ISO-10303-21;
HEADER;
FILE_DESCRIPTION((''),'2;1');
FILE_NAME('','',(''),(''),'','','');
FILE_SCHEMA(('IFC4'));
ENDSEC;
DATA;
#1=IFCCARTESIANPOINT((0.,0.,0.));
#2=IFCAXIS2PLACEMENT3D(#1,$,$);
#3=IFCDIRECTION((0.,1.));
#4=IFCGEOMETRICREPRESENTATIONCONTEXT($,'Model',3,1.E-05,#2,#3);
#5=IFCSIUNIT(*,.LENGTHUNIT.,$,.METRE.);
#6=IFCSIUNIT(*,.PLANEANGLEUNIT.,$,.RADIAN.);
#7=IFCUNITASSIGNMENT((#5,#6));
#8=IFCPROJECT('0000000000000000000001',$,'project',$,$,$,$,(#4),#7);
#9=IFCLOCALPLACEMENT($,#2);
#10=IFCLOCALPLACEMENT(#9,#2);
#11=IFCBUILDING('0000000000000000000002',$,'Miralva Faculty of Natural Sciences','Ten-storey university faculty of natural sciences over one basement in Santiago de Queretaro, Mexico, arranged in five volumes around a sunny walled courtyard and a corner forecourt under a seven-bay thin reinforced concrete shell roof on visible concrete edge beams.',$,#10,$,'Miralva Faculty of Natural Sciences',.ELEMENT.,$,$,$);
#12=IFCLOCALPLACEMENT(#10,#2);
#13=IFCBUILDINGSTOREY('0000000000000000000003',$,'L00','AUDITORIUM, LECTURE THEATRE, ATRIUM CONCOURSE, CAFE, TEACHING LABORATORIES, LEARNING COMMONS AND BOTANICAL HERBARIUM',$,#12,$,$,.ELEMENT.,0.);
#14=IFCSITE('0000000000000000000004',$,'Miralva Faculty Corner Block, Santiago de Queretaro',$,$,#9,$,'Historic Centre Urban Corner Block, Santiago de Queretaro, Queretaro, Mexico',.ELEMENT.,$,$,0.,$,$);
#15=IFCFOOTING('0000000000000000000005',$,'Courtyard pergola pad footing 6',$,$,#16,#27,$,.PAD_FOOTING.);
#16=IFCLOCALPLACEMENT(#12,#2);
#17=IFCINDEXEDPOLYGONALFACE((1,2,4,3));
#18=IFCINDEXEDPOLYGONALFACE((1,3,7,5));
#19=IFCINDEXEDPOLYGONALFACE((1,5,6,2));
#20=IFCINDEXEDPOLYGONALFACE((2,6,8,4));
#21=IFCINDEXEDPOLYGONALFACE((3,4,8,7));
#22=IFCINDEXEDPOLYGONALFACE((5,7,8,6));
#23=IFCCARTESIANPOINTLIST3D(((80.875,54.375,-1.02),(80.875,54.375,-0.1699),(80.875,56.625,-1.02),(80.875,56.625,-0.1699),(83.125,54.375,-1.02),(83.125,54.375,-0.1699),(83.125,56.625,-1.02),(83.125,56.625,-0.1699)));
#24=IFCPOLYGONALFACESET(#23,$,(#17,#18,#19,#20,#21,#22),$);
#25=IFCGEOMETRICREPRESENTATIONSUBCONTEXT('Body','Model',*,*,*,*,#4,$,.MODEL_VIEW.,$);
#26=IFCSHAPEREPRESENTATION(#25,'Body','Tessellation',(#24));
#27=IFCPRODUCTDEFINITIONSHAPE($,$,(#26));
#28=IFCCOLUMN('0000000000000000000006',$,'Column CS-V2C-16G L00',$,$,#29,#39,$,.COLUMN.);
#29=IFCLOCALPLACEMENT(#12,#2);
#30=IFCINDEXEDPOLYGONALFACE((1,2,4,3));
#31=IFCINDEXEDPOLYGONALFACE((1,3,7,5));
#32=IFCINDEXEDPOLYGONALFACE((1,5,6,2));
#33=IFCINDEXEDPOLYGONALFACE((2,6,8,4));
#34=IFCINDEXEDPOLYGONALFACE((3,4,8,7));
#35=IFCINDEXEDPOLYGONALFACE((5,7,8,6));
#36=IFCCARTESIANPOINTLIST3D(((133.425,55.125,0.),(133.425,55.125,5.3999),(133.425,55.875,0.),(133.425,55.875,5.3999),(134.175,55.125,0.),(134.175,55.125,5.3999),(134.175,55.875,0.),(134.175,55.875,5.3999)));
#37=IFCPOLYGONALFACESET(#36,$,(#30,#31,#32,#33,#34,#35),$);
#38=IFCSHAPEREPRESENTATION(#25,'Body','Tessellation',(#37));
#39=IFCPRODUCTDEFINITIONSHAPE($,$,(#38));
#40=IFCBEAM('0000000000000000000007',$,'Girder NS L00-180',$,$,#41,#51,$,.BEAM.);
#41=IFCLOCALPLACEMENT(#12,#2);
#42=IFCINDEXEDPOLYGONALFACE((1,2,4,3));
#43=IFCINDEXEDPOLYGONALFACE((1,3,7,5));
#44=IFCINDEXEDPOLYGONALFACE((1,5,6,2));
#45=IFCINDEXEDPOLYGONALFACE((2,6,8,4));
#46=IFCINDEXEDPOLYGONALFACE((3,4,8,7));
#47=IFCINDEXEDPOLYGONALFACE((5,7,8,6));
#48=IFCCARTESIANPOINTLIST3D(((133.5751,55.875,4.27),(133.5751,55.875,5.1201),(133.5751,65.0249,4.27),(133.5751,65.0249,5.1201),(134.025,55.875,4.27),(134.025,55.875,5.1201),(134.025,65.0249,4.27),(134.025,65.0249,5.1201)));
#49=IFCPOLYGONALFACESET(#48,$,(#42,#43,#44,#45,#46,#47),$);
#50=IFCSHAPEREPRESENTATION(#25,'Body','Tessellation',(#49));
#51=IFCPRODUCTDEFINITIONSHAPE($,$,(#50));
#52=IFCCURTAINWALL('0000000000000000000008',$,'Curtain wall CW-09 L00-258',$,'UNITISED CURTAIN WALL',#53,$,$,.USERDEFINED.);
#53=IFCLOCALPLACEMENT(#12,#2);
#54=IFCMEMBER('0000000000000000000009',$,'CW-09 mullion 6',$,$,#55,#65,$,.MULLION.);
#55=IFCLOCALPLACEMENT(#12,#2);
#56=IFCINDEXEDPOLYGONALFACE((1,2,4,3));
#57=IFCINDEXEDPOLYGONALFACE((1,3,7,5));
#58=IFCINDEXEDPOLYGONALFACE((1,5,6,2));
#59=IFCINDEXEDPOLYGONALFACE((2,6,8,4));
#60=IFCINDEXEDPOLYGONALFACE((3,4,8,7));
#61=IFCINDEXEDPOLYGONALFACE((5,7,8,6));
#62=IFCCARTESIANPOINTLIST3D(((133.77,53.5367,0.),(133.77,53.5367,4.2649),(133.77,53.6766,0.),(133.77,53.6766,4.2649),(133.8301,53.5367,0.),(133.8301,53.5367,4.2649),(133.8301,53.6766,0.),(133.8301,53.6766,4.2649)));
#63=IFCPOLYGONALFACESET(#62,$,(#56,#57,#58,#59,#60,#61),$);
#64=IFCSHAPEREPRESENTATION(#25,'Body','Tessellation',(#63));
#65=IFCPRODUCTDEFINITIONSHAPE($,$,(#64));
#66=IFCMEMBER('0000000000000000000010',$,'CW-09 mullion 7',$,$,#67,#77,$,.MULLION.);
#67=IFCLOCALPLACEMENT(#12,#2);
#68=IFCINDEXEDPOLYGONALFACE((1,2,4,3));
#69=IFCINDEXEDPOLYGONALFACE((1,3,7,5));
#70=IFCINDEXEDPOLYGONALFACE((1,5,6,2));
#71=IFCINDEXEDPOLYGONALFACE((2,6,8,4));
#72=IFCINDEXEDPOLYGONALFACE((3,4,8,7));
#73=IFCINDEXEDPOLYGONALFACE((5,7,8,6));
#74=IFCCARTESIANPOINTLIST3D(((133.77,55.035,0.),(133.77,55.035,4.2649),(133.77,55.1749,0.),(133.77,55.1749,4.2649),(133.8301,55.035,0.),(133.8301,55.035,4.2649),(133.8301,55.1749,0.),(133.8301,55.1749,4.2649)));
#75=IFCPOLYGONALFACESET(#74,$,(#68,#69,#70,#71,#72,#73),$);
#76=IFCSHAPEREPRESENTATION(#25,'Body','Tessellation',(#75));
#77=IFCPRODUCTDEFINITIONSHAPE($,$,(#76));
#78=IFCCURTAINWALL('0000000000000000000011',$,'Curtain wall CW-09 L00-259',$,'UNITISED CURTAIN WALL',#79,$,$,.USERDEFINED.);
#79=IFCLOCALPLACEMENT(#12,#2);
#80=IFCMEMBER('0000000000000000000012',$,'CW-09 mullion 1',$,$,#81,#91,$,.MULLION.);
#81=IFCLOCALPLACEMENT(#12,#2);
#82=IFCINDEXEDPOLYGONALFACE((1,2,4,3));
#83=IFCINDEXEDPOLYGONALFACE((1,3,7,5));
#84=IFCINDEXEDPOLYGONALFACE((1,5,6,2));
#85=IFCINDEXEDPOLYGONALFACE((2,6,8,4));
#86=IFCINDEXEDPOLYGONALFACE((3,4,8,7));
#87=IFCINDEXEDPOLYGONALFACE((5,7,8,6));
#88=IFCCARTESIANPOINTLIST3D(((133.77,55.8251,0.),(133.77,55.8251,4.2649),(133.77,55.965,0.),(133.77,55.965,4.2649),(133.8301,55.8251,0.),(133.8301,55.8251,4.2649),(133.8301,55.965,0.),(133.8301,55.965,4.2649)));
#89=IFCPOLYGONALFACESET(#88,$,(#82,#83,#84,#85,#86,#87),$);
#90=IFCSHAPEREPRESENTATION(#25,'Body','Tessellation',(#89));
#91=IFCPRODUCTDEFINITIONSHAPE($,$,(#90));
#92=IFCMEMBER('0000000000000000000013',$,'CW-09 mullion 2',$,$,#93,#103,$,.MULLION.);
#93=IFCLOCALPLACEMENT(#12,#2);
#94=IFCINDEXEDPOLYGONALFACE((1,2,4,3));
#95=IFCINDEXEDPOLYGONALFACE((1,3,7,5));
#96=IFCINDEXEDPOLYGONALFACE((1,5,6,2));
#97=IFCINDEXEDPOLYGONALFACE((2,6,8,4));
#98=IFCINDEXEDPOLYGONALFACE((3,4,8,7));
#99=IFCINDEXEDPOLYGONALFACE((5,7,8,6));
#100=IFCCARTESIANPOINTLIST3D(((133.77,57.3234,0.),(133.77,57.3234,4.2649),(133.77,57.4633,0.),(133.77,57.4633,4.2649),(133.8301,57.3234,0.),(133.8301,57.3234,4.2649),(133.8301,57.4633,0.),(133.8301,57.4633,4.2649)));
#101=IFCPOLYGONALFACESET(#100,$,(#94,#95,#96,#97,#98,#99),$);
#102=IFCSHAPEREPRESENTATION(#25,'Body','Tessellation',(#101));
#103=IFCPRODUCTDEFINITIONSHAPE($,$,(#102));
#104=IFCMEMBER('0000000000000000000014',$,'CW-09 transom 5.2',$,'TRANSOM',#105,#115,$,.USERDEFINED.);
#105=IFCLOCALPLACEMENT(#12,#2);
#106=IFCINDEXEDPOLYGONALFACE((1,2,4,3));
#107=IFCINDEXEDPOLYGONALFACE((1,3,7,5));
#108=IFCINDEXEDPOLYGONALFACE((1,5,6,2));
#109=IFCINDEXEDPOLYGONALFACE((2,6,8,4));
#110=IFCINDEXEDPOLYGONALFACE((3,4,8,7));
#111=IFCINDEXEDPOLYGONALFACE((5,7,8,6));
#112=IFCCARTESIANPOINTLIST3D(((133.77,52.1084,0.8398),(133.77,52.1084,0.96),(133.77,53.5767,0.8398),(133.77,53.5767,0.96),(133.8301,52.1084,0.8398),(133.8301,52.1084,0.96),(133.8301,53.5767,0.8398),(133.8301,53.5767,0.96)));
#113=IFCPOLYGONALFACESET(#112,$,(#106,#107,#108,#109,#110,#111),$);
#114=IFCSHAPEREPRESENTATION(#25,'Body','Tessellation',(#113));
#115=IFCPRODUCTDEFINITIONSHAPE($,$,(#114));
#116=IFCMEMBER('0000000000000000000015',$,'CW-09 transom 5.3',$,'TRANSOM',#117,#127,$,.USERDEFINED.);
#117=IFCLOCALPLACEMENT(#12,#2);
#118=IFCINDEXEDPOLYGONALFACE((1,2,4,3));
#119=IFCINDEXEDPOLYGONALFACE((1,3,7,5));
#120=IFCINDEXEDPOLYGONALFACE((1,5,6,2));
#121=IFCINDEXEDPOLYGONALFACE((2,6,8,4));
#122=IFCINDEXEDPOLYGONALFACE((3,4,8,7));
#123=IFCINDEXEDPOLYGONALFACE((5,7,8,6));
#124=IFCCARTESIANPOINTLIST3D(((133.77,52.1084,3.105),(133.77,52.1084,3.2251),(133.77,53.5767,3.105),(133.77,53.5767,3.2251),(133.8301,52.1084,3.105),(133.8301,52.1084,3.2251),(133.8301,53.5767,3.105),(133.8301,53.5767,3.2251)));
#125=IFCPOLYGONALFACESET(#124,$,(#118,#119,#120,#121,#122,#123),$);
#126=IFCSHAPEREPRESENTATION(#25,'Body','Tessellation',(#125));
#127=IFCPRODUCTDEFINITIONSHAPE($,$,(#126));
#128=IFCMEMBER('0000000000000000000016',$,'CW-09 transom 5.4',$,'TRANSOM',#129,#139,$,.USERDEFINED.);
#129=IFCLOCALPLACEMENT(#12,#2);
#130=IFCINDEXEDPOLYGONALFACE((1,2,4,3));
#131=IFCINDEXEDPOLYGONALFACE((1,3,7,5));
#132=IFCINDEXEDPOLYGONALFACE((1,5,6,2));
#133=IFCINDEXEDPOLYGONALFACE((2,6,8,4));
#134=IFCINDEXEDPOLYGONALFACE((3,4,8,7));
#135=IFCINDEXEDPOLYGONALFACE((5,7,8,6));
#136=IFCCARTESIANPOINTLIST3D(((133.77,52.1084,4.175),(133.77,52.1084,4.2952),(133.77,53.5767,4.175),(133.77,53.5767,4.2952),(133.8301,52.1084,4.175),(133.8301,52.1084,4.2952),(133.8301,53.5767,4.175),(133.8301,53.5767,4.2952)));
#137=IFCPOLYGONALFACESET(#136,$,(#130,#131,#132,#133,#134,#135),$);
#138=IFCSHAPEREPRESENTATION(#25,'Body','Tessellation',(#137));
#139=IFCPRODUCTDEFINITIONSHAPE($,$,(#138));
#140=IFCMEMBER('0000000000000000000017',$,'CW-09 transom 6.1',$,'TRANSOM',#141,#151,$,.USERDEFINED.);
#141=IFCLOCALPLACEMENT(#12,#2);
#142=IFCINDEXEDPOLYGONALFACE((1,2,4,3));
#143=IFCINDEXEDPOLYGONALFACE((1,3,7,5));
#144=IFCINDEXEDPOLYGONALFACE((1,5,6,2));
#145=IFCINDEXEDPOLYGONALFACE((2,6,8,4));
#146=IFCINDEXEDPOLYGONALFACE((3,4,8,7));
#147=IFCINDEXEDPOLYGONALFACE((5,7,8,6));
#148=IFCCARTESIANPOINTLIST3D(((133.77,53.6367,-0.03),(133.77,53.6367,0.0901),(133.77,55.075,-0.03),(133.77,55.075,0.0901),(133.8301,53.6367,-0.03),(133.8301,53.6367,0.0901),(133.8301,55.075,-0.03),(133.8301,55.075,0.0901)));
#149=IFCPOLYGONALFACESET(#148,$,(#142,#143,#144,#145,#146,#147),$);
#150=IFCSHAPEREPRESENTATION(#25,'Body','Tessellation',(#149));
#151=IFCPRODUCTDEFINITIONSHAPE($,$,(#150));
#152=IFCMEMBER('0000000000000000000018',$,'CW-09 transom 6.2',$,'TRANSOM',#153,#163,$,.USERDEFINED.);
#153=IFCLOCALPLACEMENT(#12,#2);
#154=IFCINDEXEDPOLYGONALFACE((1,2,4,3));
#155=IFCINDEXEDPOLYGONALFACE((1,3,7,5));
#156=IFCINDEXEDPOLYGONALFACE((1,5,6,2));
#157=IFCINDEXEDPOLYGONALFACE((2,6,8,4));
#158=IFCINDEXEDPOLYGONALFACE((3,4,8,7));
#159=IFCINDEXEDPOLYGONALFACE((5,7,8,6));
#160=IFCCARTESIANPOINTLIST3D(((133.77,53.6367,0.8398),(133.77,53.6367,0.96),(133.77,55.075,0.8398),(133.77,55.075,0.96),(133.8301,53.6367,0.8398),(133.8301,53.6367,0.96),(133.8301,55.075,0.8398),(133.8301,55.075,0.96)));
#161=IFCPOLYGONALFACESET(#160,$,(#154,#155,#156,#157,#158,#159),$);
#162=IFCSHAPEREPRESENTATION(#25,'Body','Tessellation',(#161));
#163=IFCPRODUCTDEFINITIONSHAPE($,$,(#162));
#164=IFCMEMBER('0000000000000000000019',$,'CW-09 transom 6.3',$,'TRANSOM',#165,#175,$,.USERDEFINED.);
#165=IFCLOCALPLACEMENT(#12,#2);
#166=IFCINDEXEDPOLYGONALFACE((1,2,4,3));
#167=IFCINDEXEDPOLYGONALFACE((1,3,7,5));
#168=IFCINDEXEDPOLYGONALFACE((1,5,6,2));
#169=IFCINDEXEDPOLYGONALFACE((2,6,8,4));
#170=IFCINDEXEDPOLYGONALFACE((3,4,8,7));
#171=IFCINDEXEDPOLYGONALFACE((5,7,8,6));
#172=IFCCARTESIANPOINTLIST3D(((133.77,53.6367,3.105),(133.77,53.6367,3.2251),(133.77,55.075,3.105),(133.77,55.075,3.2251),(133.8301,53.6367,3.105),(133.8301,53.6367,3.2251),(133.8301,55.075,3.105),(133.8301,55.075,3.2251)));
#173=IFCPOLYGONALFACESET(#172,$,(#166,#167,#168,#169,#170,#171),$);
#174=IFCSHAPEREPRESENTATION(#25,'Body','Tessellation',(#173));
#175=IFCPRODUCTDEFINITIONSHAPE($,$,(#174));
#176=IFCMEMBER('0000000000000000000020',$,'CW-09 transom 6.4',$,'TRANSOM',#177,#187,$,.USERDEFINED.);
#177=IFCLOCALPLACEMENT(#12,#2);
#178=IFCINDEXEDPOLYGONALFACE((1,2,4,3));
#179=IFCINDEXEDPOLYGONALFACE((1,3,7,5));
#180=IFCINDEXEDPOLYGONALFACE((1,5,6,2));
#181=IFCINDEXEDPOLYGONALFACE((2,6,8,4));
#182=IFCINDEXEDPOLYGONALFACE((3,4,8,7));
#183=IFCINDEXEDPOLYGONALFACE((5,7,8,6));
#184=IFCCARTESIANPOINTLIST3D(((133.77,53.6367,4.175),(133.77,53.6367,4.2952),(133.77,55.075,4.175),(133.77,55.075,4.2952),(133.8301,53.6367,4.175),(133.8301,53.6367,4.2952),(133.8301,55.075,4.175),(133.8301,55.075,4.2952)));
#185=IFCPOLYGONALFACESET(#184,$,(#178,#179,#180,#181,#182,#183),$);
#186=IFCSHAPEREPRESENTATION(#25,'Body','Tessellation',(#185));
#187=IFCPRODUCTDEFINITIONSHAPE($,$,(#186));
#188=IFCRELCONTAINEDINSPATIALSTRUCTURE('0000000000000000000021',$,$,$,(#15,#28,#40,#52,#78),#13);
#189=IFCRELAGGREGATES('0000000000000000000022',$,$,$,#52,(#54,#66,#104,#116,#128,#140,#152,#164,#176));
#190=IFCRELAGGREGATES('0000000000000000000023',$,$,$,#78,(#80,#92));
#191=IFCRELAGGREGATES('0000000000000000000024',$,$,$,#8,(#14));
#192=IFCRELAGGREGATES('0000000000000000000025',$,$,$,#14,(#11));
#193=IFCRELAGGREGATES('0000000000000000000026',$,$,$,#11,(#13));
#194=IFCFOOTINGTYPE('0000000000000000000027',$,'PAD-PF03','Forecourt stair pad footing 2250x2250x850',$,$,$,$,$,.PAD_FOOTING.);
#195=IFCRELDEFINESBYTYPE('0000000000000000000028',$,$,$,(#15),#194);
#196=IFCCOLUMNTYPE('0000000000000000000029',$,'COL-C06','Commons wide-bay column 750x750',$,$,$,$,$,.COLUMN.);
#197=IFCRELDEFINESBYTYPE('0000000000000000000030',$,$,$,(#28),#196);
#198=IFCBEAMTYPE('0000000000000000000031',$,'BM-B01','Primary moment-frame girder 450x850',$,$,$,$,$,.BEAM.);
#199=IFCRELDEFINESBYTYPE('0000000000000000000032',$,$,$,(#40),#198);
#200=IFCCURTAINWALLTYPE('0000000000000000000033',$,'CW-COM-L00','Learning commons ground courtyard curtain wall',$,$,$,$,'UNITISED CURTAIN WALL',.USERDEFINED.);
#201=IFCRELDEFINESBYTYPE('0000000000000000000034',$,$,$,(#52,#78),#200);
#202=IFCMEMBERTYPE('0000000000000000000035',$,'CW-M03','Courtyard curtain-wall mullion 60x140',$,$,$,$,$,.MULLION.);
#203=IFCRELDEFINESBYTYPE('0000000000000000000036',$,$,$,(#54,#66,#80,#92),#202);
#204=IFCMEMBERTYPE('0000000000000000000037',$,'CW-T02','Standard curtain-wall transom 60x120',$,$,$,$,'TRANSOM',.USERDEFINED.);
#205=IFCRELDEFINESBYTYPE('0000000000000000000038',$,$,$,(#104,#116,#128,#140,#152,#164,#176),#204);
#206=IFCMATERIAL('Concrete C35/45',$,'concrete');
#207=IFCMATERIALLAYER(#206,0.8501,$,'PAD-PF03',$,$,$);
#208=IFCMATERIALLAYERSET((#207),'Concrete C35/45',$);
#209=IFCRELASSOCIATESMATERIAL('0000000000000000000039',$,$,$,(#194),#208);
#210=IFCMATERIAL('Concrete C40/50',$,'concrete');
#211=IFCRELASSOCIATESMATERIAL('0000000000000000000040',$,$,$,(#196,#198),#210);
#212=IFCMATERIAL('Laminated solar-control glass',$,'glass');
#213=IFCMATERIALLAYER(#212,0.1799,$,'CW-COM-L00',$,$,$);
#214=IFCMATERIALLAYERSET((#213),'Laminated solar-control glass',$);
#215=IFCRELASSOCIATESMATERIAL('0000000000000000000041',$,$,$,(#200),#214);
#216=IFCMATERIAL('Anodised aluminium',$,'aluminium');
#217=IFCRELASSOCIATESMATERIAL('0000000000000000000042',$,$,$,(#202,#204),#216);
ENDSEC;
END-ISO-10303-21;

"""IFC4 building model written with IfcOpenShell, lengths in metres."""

from ifc_helpers import new_model, si_unit, direction, frame, origin, origin_2d, place, context, subcontext, project, spatial, rectangle, extrude, material, layer, layer_set, material_profile, profile_set, type_object, element, aggregate, save


model = new_model("IFC4")

# Units and contexts
model_context = context("Model", 3, precision=1e-05, world=origin(), true_north=direction((0.0, 1.0)))
body_context = subcontext(model_context, "Body", "Model", "MODEL_VIEW")
ifc_project = project(units=[si_unit("LENGTHUNIT", "METRE"), si_unit("PLANEANGLEUNIT", "RADIAN")], contexts=[model_context])

# Site, building, storey
site_placement = place(None, origin())
site = spatial("IfcSite", under=ifc_project, at=site_placement, Name="Miralva Faculty Corner Block, Santiago de Queretaro", LongName="Historic Centre Urban Corner Block, Santiago de Queretaro, Queretaro, Mexico", CompositionType="ELEMENT", RefElevation=0.0)
building_placement = place(site_placement, origin())
building = spatial("IfcBuilding", under=site, at=building_placement, Name="Miralva Faculty of Natural Sciences", Description="Ten-storey university faculty of natural sciences over one basement in Santiago de Queretaro, Mexico, arranged in five volumes around a sunny walled courtyard and a corner forecourt under a seven-bay thin reinforced concrete shell roof on visible concrete edge beams.", LongName="Miralva Faculty of Natural Sciences", CompositionType="ELEMENT")
storey_placement = place(building_placement, origin())
storey = spatial("IfcBuildingStorey", under=building, at=storey_placement, Name="L00", Description="AUDITORIUM, LECTURE THEATRE, ATRIUM CONCOURSE, CAFE, TEACHING LABORATORIES, LEARNING COMMONS AND BOTANICAL HERBARIUM", CompositionType="ELEMENT", Elevation=0.0)

# Footing
ifc_material_1 = material(Name="Concrete C35/45", Category="concrete")
ifc_layer_1 = layer(ifc_material_1, 0.8501, Name="PAD-PF03")
ifc_layer_set_1 = layer_set([ifc_layer_1], Name="Concrete C35/45")
footing_type = type_object("IfcFootingType", Name="PAD-PF03", Description="Forecourt stair pad footing 2250x2250x850", PredefinedType="PAD_FOOTING", material=ifc_layer_set_1)
footing_placement = place(storey_placement, frame((82.0, 55.5, -1.02), z_axis=(0.0, 0.0, 1.0), x_axis=(1.0, 0.0, 0.0)))
element("IfcFooting", 1, at=footing_placement, inside=storey, type_object=footing_type, Name="Courtyard pergola pad footing 6", PredefinedType="PAD_FOOTING", context=body_context, shape_type="SweptSolid", body=[
    extrude(rectangle(XDim=2.25, YDim=2.25, at=origin_2d()), origin(), (0.0, 0.0, 1.0), 0.8501),
])

# Column
ifc_material_2 = material(Name="Concrete C40/50", Category="concrete")
ifc_material_profile_1 = material_profile(ifc_material_2, rectangle(XDim=0.75, YDim=0.75, at=origin_2d()), Name="RC 750x750")
ifc_profile_set_1 = profile_set([ifc_material_profile_1], Name="Concrete C40/50")
column_type = type_object("IfcColumnType", Name="COL-C06", Description="Commons wide-bay column 750x750", PredefinedType="COLUMN", material=ifc_profile_set_1)
column_placement = place(storey_placement, frame((133.8, 55.5, 0.0), z_axis=(0.0, 0.0, 1.0), x_axis=(1.0, 0.0, 0.0)))
element("IfcColumn", 2, at=column_placement, inside=storey, type_object=column_type, Name="Column CS-V2C-16G L00", PredefinedType="COLUMN", context=body_context, shape_type="SweptSolid", body=[
    extrude(rectangle(XDim=0.75, YDim=0.75, at=origin_2d()), origin(), (0.0, 0.0, 1.0), 5.3999),
])

# Beam
ifc_material_profile_2 = material_profile(ifc_material_2, rectangle(XDim=0.45, YDim=0.8501, at=origin_2d()), Name="RC 450x850")
ifc_profile_set_2 = profile_set([ifc_material_profile_2], Name="Concrete C40/50")
beam_type = type_object("IfcBeamType", Name="BM-B01", Description="Primary moment-frame girder 450x850", PredefinedType="BEAM", material=ifc_profile_set_2)
beam_placement = place(storey_placement, frame((133.8, 55.875, 4.6951), z_axis=(0.0, 1.0, 0.0), x_axis=(-1.0, 0.0, 0.0)))
element("IfcBeam", 3, at=beam_placement, inside=storey, type_object=beam_type, Name="Girder NS L00-180", PredefinedType="BEAM", context=body_context, shape_type="SweptSolid", body=[
    extrude(rectangle(XDim=0.45, YDim=0.8501, at=origin_2d()), origin(), (0.0, 0.0, 1.0), 9.1499),
])

# Curtain walls, members
ifc_material_3 = material(Name="Laminated solar-control glass", Category="glass")
ifc_layer_2 = layer(ifc_material_3, 0.1799, Name="CW-COM-L00")
ifc_layer_set_2 = layer_set([ifc_layer_2], Name="Laminated solar-control glass")
curtain_wall_type = type_object("IfcCurtainWallType", Name="CW-COM-L00", Description="Learning commons ground courtyard curtain wall", ElementType="UNITISED CURTAIN WALL", PredefinedType="USERDEFINED", material=ifc_layer_set_2)
curtain_wall_1_placement = place(storey_placement, origin())
curtain_wall_1 = element("IfcCurtainWall", 4, at=curtain_wall_1_placement, inside=storey, type_object=curtain_wall_type, Name="Curtain wall CW-09 L00-258", ObjectType="UNITISED CURTAIN WALL", PredefinedType="USERDEFINED")
ifc_material_4 = material(Name="Anodised aluminium", Category="aluminium")
ifc_material_profile_3 = material_profile(ifc_material_4, rectangle(XDim=0.0601, YDim=0.1399, at=origin_2d()), Name="MULLION 60x140")
ifc_profile_set_3 = profile_set([ifc_material_profile_3], Name="Anodised aluminium")
member_type_1 = type_object("IfcMemberType", Name="CW-M03", Description="Courtyard curtain-wall mullion 60x140", PredefinedType="MULLION", material=ifc_profile_set_3)
member_1_placement = place(storey_placement, frame((133.8, 53.6067, 0.0), z_axis=(0.0, 0.0, 1.0), x_axis=(-1.0, 0.0, 0.0)))
member_1 = element("IfcMember", 5, at=member_1_placement, type_object=member_type_1, Name="CW-09 mullion 6", PredefinedType="MULLION", context=body_context, shape_type="SweptSolid", body=[
    extrude(rectangle(XDim=0.0601, YDim=0.1399, at=origin_2d()), origin(), (0.0, 0.0, 1.0), 4.2649),
])
member_2_placement = place(storey_placement, frame((133.8, 55.105, 0.0), z_axis=(0.0, 0.0, 1.0), x_axis=(-1.0, 0.0, 0.0)))
member_2 = element("IfcMember", 6, at=member_2_placement, type_object=member_type_1, Name="CW-09 mullion 7", PredefinedType="MULLION", context=body_context, shape_type="SweptSolid", body=[
    extrude(rectangle(XDim=0.0601, YDim=0.1399, at=origin_2d()), origin(), (0.0, 0.0, 1.0), 4.2649),
])
curtain_wall_2_placement = place(storey_placement, origin())
curtain_wall_2 = element("IfcCurtainWall", 7, at=curtain_wall_2_placement, inside=storey, type_object=curtain_wall_type, Name="Curtain wall CW-09 L00-259", ObjectType="UNITISED CURTAIN WALL", PredefinedType="USERDEFINED")
member_3_placement = place(storey_placement, frame((133.8, 55.895, 0.0), z_axis=(0.0, 0.0, 1.0), x_axis=(-1.0, 0.0, 0.0)))
member_3 = element("IfcMember", 8, at=member_3_placement, type_object=member_type_1, Name="CW-09 mullion 1", PredefinedType="MULLION", context=body_context, shape_type="SweptSolid", body=[
    extrude(rectangle(XDim=0.0601, YDim=0.1399, at=origin_2d()), origin(), (0.0, 0.0, 1.0), 4.2649),
])
member_4_placement = place(storey_placement, frame((133.8, 57.3933, 0.0), z_axis=(0.0, 0.0, 1.0), x_axis=(-1.0, 0.0, 0.0)))
member_4 = element("IfcMember", 9, at=member_4_placement, type_object=member_type_1, Name="CW-09 mullion 2", PredefinedType="MULLION", context=body_context, shape_type="SweptSolid", body=[
    extrude(rectangle(XDim=0.0601, YDim=0.1399, at=origin_2d()), origin(), (0.0, 0.0, 1.0), 4.2649),
])

# Members
ifc_material_profile_4 = material_profile(ifc_material_4, rectangle(XDim=0.0601, YDim=0.1201, at=origin_2d()), Name="TRANSOM 60x120")
ifc_profile_set_4 = profile_set([ifc_material_profile_4], Name="Anodised aluminium")
member_type_2 = type_object("IfcMemberType", Name="CW-T02", Description="Standard curtain-wall transom 60x120", ElementType="TRANSOM", PredefinedType="USERDEFINED", material=ifc_profile_set_4)
member_5_placement = place(storey_placement, frame((133.8, 52.1084, 0.8999), z_axis=(0.0, 1.0, 0.0), x_axis=(-1.0, 0.0, 0.0)))
member_5 = element("IfcMember", 10, at=member_5_placement, type_object=member_type_2, Name="CW-09 transom 5.2", ObjectType="TRANSOM", PredefinedType="USERDEFINED", context=body_context, shape_type="SweptSolid", body=[
    extrude(rectangle(XDim=0.0601, YDim=0.1201, at=origin_2d()), origin(), (0.0, 0.0, 1.0), 1.4683),
])
member_6_placement = place(storey_placement, frame((133.8, 52.1084, 3.165), z_axis=(0.0, 1.0, 0.0), x_axis=(-1.0, 0.0, 0.0)))
member_6 = element("IfcMember", 11, at=member_6_placement, type_object=member_type_2, Name="CW-09 transom 5.3", ObjectType="TRANSOM", PredefinedType="USERDEFINED", context=body_context, shape_type="SweptSolid", body=[
    extrude(rectangle(XDim=0.0601, YDim=0.1201, at=origin_2d()), origin(), (0.0, 0.0, 1.0), 1.4683),
])
member_7_placement = place(storey_placement, frame((133.8, 52.1084, 4.2351), z_axis=(0.0, 1.0, 0.0), x_axis=(-1.0, 0.0, 0.0)))
member_7 = element("IfcMember", 12, at=member_7_placement, type_object=member_type_2, Name="CW-09 transom 5.4", ObjectType="TRANSOM", PredefinedType="USERDEFINED", context=body_context, shape_type="SweptSolid", body=[
    extrude(rectangle(XDim=0.0601, YDim=0.1201, at=origin_2d()), origin(), (0.0, 0.0, 1.0), 1.4683),
])
member_8_placement = place(storey_placement, frame((133.8, 53.6367, 0.03), z_axis=(0.0, 1.0, 0.0), x_axis=(-1.0, 0.0, 0.0)))
member_8 = element("IfcMember", 13, at=member_8_placement, type_object=member_type_2, Name="CW-09 transom 6.1", ObjectType="TRANSOM", PredefinedType="USERDEFINED", context=body_context, shape_type="SweptSolid", body=[
    extrude(rectangle(XDim=0.0601, YDim=0.1201, at=origin_2d()), origin(), (0.0, 0.0, 1.0), 1.4382),
])
member_9_placement = place(storey_placement, frame((133.8, 53.6367, 0.8999), z_axis=(0.0, 1.0, 0.0), x_axis=(-1.0, 0.0, 0.0)))
member_9 = element("IfcMember", 14, at=member_9_placement, type_object=member_type_2, Name="CW-09 transom 6.2", ObjectType="TRANSOM", PredefinedType="USERDEFINED", context=body_context, shape_type="SweptSolid", body=[
    extrude(rectangle(XDim=0.0601, YDim=0.1201, at=origin_2d()), origin(), (0.0, 0.0, 1.0), 1.4382),
])
member_10_placement = place(storey_placement, frame((133.8, 53.6367, 3.165), z_axis=(0.0, 1.0, 0.0), x_axis=(-1.0, 0.0, 0.0)))
member_10 = element("IfcMember", 15, at=member_10_placement, type_object=member_type_2, Name="CW-09 transom 6.3", ObjectType="TRANSOM", PredefinedType="USERDEFINED", context=body_context, shape_type="SweptSolid", body=[
    extrude(rectangle(XDim=0.0601, YDim=0.1201, at=origin_2d()), origin(), (0.0, 0.0, 1.0), 1.4382),
])
member_11_placement = place(storey_placement, frame((133.8, 53.6367, 4.2351), z_axis=(0.0, 1.0, 0.0), x_axis=(-1.0, 0.0, 0.0)))
member_11 = element("IfcMember", 16, at=member_11_placement, type_object=member_type_2, Name="CW-09 transom 6.4", ObjectType="TRANSOM", PredefinedType="USERDEFINED", context=body_context, shape_type="SweptSolid", body=[
    extrude(rectangle(XDim=0.0601, YDim=0.1201, at=origin_2d()), origin(), (0.0, 0.0, 1.0), 1.4382),
])

aggregate(curtain_wall_1, [member_1, member_2, member_5, member_6, member_7, member_8, member_9, member_10, member_11])
aggregate(curtain_wall_2, [member_3, member_4])

save(model, "model.ifc")
